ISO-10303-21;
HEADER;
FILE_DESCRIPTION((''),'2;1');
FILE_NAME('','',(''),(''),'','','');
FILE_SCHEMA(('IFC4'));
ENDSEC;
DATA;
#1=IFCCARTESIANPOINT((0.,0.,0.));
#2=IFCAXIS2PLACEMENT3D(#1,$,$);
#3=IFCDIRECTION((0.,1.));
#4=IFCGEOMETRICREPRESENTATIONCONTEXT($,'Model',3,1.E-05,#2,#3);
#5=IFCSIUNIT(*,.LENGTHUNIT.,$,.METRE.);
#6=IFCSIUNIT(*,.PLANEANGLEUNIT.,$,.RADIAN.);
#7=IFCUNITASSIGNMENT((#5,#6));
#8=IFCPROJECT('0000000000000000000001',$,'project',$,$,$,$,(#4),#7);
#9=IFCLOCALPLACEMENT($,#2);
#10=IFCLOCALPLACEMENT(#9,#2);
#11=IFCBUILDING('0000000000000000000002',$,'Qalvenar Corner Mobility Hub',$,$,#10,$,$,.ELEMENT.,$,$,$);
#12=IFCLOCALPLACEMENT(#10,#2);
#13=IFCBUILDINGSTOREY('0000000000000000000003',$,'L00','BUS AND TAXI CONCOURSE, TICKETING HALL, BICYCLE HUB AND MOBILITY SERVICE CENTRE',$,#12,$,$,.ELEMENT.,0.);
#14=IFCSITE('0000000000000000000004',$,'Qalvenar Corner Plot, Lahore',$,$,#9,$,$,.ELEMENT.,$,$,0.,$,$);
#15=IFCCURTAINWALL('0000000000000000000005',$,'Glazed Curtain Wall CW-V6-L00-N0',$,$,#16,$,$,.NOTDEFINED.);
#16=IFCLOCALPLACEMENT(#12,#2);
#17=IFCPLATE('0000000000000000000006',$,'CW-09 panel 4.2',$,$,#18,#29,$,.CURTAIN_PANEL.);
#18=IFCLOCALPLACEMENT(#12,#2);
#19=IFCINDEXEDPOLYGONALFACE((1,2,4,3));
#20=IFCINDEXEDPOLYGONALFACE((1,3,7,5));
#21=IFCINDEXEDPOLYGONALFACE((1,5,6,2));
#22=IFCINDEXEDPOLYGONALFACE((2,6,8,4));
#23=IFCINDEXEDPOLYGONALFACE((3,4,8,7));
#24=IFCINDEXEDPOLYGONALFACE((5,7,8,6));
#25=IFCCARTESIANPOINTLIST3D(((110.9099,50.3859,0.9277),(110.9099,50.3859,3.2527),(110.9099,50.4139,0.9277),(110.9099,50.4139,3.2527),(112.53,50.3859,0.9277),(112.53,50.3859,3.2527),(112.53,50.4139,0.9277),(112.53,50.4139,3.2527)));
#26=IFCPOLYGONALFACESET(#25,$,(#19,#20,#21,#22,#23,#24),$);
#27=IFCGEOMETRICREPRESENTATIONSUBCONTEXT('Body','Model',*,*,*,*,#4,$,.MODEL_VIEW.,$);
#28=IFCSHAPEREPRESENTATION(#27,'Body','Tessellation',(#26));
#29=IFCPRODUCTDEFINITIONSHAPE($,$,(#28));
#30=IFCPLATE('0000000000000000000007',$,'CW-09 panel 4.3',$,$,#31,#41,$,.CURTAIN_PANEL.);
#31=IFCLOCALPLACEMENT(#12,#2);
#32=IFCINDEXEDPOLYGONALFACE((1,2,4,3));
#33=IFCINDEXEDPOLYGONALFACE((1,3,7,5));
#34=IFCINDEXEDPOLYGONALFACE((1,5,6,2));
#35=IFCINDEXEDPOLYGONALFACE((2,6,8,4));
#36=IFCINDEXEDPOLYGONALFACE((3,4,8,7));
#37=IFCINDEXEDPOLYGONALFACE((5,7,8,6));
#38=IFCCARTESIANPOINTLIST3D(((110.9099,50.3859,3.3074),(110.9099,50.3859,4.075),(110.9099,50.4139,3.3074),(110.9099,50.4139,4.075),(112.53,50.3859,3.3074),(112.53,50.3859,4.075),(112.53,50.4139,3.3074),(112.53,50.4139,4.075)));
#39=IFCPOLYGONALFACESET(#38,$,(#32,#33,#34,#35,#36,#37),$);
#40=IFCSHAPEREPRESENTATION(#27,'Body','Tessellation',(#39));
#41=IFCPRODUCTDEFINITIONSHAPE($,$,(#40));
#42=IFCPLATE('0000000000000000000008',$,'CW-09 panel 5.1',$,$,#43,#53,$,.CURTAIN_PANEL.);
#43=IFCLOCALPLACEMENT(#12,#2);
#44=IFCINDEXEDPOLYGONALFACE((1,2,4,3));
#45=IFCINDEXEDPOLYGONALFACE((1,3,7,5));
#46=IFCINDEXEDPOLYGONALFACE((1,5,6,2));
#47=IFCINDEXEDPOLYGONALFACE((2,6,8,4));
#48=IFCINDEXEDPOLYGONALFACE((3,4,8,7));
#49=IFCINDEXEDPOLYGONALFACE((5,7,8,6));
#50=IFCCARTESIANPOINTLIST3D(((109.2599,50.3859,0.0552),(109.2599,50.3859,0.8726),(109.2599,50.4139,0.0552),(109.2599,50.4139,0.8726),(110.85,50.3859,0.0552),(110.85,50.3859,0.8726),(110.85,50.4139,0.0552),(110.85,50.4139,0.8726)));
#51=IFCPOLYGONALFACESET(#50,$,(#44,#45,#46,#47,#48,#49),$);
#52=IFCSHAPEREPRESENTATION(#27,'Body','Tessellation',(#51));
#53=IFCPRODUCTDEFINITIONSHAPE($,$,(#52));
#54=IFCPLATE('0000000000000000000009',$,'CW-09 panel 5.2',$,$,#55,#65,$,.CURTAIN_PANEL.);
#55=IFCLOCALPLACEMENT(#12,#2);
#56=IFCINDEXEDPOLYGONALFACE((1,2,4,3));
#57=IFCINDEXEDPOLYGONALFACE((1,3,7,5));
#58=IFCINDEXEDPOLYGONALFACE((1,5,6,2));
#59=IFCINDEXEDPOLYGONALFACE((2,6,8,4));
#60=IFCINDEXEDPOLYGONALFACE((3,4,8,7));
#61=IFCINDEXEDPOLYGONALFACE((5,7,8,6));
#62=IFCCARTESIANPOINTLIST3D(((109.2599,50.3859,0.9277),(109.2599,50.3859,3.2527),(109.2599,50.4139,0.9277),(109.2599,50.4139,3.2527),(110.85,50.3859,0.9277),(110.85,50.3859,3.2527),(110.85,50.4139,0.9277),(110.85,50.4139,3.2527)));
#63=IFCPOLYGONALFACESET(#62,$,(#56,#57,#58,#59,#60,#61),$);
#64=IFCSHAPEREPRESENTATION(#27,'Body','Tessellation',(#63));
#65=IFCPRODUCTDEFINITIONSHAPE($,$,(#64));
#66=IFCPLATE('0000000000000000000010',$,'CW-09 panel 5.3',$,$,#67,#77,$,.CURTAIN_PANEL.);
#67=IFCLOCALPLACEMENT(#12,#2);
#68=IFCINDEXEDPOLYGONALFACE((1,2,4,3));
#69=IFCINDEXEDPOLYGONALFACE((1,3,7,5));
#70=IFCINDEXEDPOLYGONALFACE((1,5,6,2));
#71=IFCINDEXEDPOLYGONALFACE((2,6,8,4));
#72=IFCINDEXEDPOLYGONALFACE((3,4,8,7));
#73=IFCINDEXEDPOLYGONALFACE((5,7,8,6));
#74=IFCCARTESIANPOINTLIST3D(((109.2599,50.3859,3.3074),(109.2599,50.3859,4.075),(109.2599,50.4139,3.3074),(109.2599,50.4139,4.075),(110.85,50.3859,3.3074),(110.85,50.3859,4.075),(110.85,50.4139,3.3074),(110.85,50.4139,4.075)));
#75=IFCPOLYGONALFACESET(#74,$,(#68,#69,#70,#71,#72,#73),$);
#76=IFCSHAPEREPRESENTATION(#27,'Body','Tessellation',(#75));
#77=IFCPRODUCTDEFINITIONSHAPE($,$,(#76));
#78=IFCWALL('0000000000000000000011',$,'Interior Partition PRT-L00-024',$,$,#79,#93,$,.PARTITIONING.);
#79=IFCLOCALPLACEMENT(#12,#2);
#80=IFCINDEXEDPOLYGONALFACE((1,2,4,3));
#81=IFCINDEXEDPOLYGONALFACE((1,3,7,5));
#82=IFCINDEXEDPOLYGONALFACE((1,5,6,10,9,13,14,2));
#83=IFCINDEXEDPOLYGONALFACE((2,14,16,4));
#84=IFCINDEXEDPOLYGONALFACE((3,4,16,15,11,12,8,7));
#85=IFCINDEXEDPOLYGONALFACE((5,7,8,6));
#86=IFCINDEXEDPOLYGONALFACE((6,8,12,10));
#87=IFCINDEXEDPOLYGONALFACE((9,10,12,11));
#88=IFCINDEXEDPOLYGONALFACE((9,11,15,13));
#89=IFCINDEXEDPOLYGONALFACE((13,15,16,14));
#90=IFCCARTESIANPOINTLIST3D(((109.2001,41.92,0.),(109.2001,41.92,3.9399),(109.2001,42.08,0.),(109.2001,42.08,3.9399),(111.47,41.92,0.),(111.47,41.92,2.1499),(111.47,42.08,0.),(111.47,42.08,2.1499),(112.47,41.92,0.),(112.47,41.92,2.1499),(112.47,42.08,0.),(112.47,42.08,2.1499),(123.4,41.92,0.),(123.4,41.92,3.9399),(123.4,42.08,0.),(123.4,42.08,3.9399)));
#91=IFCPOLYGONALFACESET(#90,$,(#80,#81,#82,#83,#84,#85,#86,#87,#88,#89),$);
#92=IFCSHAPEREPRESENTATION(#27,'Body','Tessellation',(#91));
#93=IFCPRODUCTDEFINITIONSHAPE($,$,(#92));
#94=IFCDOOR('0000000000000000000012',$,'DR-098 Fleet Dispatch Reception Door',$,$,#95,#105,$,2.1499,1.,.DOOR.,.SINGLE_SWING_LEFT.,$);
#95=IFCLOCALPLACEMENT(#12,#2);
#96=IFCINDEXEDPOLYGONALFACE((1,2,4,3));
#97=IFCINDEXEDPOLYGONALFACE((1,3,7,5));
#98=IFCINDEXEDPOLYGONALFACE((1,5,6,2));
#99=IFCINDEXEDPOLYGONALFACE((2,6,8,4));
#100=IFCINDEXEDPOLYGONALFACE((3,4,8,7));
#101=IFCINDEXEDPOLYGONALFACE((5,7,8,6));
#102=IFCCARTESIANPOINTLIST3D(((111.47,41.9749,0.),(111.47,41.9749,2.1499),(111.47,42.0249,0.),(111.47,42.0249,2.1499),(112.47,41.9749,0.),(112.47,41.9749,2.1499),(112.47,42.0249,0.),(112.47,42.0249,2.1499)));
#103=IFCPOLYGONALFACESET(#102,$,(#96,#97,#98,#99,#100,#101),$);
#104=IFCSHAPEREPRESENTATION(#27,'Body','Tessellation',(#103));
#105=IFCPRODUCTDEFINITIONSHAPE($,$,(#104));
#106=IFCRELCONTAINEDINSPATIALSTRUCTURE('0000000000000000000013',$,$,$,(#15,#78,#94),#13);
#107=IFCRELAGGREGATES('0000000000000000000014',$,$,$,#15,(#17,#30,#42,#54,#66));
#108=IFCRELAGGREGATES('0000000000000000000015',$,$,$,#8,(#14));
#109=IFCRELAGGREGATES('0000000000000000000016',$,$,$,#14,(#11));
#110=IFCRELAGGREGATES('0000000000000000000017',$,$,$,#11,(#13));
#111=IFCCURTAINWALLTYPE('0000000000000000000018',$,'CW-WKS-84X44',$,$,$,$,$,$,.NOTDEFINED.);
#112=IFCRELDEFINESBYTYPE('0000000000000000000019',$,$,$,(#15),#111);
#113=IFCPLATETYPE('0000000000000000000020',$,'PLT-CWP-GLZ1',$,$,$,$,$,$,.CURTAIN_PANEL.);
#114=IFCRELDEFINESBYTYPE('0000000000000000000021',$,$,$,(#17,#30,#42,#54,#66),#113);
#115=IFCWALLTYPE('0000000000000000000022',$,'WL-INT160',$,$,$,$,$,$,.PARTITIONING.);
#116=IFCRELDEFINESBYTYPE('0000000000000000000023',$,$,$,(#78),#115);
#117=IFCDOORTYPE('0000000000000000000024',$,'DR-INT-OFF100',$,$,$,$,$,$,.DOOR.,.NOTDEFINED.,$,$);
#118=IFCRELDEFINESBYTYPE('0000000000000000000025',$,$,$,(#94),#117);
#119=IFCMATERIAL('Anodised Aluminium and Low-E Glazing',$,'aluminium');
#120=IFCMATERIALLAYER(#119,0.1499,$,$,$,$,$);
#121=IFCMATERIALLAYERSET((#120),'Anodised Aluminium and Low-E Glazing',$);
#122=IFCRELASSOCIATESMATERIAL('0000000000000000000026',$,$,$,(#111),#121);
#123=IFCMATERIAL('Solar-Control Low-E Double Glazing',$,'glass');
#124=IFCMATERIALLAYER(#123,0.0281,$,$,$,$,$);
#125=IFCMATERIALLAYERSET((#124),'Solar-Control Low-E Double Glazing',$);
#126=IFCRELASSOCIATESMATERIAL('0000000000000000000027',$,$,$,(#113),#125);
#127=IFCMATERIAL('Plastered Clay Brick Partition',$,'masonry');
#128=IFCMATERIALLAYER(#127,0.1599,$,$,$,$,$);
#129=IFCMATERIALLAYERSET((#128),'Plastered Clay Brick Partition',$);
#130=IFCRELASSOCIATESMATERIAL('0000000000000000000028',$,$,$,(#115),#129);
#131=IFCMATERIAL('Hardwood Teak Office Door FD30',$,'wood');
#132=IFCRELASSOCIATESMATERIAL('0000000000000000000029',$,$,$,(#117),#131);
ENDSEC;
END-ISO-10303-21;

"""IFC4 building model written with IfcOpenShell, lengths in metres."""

from ifc_helpers import new_model, si_unit, direction, frame, frame_2d, origin, origin_2d, place, context, subcontext, project, spatial, rectangle, extrude, material, layer, layer_set, type_object, element, fill, aggregate, save


model = new_model("IFC4")

# Units and contexts
model_context = context("Model", 3, precision=1e-05, world=origin(), true_north=direction((0.0, 1.0)))
body_context = subcontext(model_context, "Body", "Model", "MODEL_VIEW")
ifc_project = project(units=[si_unit("LENGTHUNIT", "METRE"), si_unit("PLANEANGLEUNIT", "RADIAN")], contexts=[model_context])

# Site, building, storey
site_placement = place(None, origin())
site = spatial("IfcSite", under=ifc_project, at=site_placement, Name="Qalvenar Corner Plot, Lahore", CompositionType="ELEMENT", RefElevation=0.0)
building_placement = place(site_placement, origin())
building = spatial("IfcBuilding", under=site, at=building_placement, Name="Qalvenar Corner Mobility Hub", CompositionType="ELEMENT")
storey_placement = place(building_placement, origin())
storey = spatial("IfcBuildingStorey", under=building, at=storey_placement, Name="L00", Description="BUS AND TAXI CONCOURSE, TICKETING HALL, BICYCLE HUB AND MOBILITY SERVICE CENTRE", CompositionType="ELEMENT", Elevation=0.0)

# Curtain wall, plates
ifc_material_1 = material(Name="Anodised Aluminium and Low-E Glazing", Category="aluminium")
ifc_layer_1 = layer(ifc_material_1, 0.1499)
ifc_layer_set_1 = layer_set([ifc_layer_1], Name="Anodised Aluminium and Low-E Glazing")
curtain_wall_type = type_object("IfcCurtainWallType", Name="CW-WKS-84X44", PredefinedType="NOTDEFINED", material=ifc_layer_set_1)
curtain_wall_placement = place(storey_placement, origin())
curtain_wall = element("IfcCurtainWall", 1, at=curtain_wall_placement, inside=storey, type_object=curtain_wall_type, Name="Glazed Curtain Wall CW-V6-L00-N0", PredefinedType="NOTDEFINED")
ifc_material_2 = material(Name="Solar-Control Low-E Double Glazing", Category="glass")
ifc_layer_2 = layer(ifc_material_2, 0.0281)
ifc_layer_set_2 = layer_set([ifc_layer_2], Name="Solar-Control Low-E Double Glazing")
plate_type = type_object("IfcPlateType", Name="PLT-CWP-GLZ1", PredefinedType="CURTAIN_PANEL", material=ifc_layer_set_2)
plate_1_placement = place(storey_placement, frame((111.72, 50.3999, 0.9277), z_axis=(0.0, 0.0, 1.0), x_axis=(-1.0, 0.0, 0.0)))
plate_1 = element("IfcPlate", 2, at=plate_1_placement, type_object=plate_type, Name="CW-09 panel 4.2", PredefinedType="CURTAIN_PANEL", context=body_context, shape_type="SweptSolid", body=[
    extrude(rectangle(XDim=1.6201, YDim=0.0281, at=origin_2d()), origin(), (0.0, 0.0, 1.0), 2.325),
])
plate_2_placement = place(storey_placement, frame((111.72, 50.3999, 3.3074), z_axis=(0.0, 0.0, 1.0), x_axis=(-1.0, 0.0, 0.0)))
plate_2 = element("IfcPlate", 3, at=plate_2_placement, type_object=plate_type, Name="CW-09 panel 4.3", PredefinedType="CURTAIN_PANEL", context=body_context, shape_type="SweptSolid", body=[
    extrude(rectangle(XDim=1.6201, YDim=0.0281, at=origin_2d()), origin(), (0.0, 0.0, 1.0), 0.7676),
])
plate_3_placement = place(storey_placement, frame((110.0549, 50.3999, 0.0552), z_axis=(0.0, 0.0, 1.0), x_axis=(-1.0, 0.0, 0.0)))
plate_3 = element("IfcPlate", 4, at=plate_3_placement, type_object=plate_type, Name="CW-09 panel 5.1", PredefinedType="CURTAIN_PANEL", context=body_context, shape_type="SweptSolid", body=[
    extrude(rectangle(XDim=1.5901, YDim=0.0281, at=origin_2d()), origin(), (0.0, 0.0, 1.0), 0.8174),
])
plate_4_placement = place(storey_placement, frame((110.0549, 50.3999, 0.9277), z_axis=(0.0, 0.0, 1.0), x_axis=(-1.0, 0.0, 0.0)))
plate_4 = element("IfcPlate", 5, at=plate_4_placement, type_object=plate_type, Name="CW-09 panel 5.2", PredefinedType="CURTAIN_PANEL", context=body_context, shape_type="SweptSolid", body=[
    extrude(rectangle(XDim=1.5901, YDim=0.0281, at=origin_2d()), origin(), (0.0, 0.0, 1.0), 2.325),
])
plate_5_placement = place(storey_placement, frame((110.0549, 50.3999, 3.3074), z_axis=(0.0, 0.0, 1.0), x_axis=(-1.0, 0.0, 0.0)))
plate_5 = element("IfcPlate", 6, at=plate_5_placement, type_object=plate_type, Name="CW-09 panel 5.3", PredefinedType="CURTAIN_PANEL", context=body_context, shape_type="SweptSolid", body=[
    extrude(rectangle(XDim=1.5901, YDim=0.0281, at=origin_2d()), origin(), (0.0, 0.0, 1.0), 0.7676),
])
aggregate(curtain_wall, [plate_1, plate_2, plate_3, plate_4, plate_5])

# Wall, opening, door
ifc_material_3 = material(Name="Plastered Clay Brick Partition", Category="masonry")
ifc_layer_3 = layer(ifc_material_3, 0.1599)
ifc_layer_set_3 = layer_set([ifc_layer_3], Name="Plastered Clay Brick Partition")
wall_type = type_object("IfcWallType", Name="WL-INT160", PredefinedType="PARTITIONING", material=ifc_layer_set_3)
wall_placement = place(storey_placement, frame((109.2, 42.0, 0.0), z_axis=(0.0, 0.0, 1.0), x_axis=(1.0, 0.0, 0.0)))
wall = element("IfcWall", 7, at=wall_placement, inside=storey, type_object=wall_type, Name="Interior Partition PRT-L00-024", PredefinedType="PARTITIONING", context=body_context, shape_type="SweptSolid", body=[
    extrude(rectangle(XDim=14.2, YDim=0.1599, at=frame_2d((7.1001, 0.0))), origin(), (0.0, 0.0, 1.0), 3.9399),
])
opening_placement = place(wall_placement, frame((2.27, 0.0, 0.0)))
opening = element("IfcOpeningElement", 8, at=opening_placement, cuts=wall, PredefinedType="OPENING", context=body_context, shape_type="SweptSolid", body=[
    extrude(rectangle(XDim=1.0, YDim=2.1499, at=frame_2d((0.5, 1.075))), frame((0.0, 0.0898, 0.0), z_axis=(0.0, -1.0, 0.0), x_axis=(1.0, 0.0, 0.0)), (0.0, 0.0, 1.0), 0.1799),
])
ifc_material_4 = material(Name="Hardwood Teak Office Door FD30", Category="wood")
door_type = type_object("IfcDoorType", Name="DR-INT-OFF100", OperationType="NOTDEFINED", PredefinedType="DOOR", material=ifc_material_4)
door_placement = place(opening_placement, origin())
door = element("IfcDoor", 9, at=door_placement, inside=storey, type_object=door_type, Name="DR-098 Fleet Dispatch Reception Door", OperationType="SINGLE_SWING_LEFT", OverallHeight=2.1499, OverallWidth=1.0, PredefinedType="DOOR", context=body_context, shape_type="SweptSolid", body=[
    extrude(rectangle(XDim=1.0, YDim=2.1499, at=frame_2d((0.5, 1.075))), frame((0.0, 0.0249, 0.0), z_axis=(0.0, -1.0, 0.0), x_axis=(1.0, 0.0, 0.0)), (0.0, 0.0, 1.0), 0.05),
])
fill(opening, door)

save(model, "model.ifc")
